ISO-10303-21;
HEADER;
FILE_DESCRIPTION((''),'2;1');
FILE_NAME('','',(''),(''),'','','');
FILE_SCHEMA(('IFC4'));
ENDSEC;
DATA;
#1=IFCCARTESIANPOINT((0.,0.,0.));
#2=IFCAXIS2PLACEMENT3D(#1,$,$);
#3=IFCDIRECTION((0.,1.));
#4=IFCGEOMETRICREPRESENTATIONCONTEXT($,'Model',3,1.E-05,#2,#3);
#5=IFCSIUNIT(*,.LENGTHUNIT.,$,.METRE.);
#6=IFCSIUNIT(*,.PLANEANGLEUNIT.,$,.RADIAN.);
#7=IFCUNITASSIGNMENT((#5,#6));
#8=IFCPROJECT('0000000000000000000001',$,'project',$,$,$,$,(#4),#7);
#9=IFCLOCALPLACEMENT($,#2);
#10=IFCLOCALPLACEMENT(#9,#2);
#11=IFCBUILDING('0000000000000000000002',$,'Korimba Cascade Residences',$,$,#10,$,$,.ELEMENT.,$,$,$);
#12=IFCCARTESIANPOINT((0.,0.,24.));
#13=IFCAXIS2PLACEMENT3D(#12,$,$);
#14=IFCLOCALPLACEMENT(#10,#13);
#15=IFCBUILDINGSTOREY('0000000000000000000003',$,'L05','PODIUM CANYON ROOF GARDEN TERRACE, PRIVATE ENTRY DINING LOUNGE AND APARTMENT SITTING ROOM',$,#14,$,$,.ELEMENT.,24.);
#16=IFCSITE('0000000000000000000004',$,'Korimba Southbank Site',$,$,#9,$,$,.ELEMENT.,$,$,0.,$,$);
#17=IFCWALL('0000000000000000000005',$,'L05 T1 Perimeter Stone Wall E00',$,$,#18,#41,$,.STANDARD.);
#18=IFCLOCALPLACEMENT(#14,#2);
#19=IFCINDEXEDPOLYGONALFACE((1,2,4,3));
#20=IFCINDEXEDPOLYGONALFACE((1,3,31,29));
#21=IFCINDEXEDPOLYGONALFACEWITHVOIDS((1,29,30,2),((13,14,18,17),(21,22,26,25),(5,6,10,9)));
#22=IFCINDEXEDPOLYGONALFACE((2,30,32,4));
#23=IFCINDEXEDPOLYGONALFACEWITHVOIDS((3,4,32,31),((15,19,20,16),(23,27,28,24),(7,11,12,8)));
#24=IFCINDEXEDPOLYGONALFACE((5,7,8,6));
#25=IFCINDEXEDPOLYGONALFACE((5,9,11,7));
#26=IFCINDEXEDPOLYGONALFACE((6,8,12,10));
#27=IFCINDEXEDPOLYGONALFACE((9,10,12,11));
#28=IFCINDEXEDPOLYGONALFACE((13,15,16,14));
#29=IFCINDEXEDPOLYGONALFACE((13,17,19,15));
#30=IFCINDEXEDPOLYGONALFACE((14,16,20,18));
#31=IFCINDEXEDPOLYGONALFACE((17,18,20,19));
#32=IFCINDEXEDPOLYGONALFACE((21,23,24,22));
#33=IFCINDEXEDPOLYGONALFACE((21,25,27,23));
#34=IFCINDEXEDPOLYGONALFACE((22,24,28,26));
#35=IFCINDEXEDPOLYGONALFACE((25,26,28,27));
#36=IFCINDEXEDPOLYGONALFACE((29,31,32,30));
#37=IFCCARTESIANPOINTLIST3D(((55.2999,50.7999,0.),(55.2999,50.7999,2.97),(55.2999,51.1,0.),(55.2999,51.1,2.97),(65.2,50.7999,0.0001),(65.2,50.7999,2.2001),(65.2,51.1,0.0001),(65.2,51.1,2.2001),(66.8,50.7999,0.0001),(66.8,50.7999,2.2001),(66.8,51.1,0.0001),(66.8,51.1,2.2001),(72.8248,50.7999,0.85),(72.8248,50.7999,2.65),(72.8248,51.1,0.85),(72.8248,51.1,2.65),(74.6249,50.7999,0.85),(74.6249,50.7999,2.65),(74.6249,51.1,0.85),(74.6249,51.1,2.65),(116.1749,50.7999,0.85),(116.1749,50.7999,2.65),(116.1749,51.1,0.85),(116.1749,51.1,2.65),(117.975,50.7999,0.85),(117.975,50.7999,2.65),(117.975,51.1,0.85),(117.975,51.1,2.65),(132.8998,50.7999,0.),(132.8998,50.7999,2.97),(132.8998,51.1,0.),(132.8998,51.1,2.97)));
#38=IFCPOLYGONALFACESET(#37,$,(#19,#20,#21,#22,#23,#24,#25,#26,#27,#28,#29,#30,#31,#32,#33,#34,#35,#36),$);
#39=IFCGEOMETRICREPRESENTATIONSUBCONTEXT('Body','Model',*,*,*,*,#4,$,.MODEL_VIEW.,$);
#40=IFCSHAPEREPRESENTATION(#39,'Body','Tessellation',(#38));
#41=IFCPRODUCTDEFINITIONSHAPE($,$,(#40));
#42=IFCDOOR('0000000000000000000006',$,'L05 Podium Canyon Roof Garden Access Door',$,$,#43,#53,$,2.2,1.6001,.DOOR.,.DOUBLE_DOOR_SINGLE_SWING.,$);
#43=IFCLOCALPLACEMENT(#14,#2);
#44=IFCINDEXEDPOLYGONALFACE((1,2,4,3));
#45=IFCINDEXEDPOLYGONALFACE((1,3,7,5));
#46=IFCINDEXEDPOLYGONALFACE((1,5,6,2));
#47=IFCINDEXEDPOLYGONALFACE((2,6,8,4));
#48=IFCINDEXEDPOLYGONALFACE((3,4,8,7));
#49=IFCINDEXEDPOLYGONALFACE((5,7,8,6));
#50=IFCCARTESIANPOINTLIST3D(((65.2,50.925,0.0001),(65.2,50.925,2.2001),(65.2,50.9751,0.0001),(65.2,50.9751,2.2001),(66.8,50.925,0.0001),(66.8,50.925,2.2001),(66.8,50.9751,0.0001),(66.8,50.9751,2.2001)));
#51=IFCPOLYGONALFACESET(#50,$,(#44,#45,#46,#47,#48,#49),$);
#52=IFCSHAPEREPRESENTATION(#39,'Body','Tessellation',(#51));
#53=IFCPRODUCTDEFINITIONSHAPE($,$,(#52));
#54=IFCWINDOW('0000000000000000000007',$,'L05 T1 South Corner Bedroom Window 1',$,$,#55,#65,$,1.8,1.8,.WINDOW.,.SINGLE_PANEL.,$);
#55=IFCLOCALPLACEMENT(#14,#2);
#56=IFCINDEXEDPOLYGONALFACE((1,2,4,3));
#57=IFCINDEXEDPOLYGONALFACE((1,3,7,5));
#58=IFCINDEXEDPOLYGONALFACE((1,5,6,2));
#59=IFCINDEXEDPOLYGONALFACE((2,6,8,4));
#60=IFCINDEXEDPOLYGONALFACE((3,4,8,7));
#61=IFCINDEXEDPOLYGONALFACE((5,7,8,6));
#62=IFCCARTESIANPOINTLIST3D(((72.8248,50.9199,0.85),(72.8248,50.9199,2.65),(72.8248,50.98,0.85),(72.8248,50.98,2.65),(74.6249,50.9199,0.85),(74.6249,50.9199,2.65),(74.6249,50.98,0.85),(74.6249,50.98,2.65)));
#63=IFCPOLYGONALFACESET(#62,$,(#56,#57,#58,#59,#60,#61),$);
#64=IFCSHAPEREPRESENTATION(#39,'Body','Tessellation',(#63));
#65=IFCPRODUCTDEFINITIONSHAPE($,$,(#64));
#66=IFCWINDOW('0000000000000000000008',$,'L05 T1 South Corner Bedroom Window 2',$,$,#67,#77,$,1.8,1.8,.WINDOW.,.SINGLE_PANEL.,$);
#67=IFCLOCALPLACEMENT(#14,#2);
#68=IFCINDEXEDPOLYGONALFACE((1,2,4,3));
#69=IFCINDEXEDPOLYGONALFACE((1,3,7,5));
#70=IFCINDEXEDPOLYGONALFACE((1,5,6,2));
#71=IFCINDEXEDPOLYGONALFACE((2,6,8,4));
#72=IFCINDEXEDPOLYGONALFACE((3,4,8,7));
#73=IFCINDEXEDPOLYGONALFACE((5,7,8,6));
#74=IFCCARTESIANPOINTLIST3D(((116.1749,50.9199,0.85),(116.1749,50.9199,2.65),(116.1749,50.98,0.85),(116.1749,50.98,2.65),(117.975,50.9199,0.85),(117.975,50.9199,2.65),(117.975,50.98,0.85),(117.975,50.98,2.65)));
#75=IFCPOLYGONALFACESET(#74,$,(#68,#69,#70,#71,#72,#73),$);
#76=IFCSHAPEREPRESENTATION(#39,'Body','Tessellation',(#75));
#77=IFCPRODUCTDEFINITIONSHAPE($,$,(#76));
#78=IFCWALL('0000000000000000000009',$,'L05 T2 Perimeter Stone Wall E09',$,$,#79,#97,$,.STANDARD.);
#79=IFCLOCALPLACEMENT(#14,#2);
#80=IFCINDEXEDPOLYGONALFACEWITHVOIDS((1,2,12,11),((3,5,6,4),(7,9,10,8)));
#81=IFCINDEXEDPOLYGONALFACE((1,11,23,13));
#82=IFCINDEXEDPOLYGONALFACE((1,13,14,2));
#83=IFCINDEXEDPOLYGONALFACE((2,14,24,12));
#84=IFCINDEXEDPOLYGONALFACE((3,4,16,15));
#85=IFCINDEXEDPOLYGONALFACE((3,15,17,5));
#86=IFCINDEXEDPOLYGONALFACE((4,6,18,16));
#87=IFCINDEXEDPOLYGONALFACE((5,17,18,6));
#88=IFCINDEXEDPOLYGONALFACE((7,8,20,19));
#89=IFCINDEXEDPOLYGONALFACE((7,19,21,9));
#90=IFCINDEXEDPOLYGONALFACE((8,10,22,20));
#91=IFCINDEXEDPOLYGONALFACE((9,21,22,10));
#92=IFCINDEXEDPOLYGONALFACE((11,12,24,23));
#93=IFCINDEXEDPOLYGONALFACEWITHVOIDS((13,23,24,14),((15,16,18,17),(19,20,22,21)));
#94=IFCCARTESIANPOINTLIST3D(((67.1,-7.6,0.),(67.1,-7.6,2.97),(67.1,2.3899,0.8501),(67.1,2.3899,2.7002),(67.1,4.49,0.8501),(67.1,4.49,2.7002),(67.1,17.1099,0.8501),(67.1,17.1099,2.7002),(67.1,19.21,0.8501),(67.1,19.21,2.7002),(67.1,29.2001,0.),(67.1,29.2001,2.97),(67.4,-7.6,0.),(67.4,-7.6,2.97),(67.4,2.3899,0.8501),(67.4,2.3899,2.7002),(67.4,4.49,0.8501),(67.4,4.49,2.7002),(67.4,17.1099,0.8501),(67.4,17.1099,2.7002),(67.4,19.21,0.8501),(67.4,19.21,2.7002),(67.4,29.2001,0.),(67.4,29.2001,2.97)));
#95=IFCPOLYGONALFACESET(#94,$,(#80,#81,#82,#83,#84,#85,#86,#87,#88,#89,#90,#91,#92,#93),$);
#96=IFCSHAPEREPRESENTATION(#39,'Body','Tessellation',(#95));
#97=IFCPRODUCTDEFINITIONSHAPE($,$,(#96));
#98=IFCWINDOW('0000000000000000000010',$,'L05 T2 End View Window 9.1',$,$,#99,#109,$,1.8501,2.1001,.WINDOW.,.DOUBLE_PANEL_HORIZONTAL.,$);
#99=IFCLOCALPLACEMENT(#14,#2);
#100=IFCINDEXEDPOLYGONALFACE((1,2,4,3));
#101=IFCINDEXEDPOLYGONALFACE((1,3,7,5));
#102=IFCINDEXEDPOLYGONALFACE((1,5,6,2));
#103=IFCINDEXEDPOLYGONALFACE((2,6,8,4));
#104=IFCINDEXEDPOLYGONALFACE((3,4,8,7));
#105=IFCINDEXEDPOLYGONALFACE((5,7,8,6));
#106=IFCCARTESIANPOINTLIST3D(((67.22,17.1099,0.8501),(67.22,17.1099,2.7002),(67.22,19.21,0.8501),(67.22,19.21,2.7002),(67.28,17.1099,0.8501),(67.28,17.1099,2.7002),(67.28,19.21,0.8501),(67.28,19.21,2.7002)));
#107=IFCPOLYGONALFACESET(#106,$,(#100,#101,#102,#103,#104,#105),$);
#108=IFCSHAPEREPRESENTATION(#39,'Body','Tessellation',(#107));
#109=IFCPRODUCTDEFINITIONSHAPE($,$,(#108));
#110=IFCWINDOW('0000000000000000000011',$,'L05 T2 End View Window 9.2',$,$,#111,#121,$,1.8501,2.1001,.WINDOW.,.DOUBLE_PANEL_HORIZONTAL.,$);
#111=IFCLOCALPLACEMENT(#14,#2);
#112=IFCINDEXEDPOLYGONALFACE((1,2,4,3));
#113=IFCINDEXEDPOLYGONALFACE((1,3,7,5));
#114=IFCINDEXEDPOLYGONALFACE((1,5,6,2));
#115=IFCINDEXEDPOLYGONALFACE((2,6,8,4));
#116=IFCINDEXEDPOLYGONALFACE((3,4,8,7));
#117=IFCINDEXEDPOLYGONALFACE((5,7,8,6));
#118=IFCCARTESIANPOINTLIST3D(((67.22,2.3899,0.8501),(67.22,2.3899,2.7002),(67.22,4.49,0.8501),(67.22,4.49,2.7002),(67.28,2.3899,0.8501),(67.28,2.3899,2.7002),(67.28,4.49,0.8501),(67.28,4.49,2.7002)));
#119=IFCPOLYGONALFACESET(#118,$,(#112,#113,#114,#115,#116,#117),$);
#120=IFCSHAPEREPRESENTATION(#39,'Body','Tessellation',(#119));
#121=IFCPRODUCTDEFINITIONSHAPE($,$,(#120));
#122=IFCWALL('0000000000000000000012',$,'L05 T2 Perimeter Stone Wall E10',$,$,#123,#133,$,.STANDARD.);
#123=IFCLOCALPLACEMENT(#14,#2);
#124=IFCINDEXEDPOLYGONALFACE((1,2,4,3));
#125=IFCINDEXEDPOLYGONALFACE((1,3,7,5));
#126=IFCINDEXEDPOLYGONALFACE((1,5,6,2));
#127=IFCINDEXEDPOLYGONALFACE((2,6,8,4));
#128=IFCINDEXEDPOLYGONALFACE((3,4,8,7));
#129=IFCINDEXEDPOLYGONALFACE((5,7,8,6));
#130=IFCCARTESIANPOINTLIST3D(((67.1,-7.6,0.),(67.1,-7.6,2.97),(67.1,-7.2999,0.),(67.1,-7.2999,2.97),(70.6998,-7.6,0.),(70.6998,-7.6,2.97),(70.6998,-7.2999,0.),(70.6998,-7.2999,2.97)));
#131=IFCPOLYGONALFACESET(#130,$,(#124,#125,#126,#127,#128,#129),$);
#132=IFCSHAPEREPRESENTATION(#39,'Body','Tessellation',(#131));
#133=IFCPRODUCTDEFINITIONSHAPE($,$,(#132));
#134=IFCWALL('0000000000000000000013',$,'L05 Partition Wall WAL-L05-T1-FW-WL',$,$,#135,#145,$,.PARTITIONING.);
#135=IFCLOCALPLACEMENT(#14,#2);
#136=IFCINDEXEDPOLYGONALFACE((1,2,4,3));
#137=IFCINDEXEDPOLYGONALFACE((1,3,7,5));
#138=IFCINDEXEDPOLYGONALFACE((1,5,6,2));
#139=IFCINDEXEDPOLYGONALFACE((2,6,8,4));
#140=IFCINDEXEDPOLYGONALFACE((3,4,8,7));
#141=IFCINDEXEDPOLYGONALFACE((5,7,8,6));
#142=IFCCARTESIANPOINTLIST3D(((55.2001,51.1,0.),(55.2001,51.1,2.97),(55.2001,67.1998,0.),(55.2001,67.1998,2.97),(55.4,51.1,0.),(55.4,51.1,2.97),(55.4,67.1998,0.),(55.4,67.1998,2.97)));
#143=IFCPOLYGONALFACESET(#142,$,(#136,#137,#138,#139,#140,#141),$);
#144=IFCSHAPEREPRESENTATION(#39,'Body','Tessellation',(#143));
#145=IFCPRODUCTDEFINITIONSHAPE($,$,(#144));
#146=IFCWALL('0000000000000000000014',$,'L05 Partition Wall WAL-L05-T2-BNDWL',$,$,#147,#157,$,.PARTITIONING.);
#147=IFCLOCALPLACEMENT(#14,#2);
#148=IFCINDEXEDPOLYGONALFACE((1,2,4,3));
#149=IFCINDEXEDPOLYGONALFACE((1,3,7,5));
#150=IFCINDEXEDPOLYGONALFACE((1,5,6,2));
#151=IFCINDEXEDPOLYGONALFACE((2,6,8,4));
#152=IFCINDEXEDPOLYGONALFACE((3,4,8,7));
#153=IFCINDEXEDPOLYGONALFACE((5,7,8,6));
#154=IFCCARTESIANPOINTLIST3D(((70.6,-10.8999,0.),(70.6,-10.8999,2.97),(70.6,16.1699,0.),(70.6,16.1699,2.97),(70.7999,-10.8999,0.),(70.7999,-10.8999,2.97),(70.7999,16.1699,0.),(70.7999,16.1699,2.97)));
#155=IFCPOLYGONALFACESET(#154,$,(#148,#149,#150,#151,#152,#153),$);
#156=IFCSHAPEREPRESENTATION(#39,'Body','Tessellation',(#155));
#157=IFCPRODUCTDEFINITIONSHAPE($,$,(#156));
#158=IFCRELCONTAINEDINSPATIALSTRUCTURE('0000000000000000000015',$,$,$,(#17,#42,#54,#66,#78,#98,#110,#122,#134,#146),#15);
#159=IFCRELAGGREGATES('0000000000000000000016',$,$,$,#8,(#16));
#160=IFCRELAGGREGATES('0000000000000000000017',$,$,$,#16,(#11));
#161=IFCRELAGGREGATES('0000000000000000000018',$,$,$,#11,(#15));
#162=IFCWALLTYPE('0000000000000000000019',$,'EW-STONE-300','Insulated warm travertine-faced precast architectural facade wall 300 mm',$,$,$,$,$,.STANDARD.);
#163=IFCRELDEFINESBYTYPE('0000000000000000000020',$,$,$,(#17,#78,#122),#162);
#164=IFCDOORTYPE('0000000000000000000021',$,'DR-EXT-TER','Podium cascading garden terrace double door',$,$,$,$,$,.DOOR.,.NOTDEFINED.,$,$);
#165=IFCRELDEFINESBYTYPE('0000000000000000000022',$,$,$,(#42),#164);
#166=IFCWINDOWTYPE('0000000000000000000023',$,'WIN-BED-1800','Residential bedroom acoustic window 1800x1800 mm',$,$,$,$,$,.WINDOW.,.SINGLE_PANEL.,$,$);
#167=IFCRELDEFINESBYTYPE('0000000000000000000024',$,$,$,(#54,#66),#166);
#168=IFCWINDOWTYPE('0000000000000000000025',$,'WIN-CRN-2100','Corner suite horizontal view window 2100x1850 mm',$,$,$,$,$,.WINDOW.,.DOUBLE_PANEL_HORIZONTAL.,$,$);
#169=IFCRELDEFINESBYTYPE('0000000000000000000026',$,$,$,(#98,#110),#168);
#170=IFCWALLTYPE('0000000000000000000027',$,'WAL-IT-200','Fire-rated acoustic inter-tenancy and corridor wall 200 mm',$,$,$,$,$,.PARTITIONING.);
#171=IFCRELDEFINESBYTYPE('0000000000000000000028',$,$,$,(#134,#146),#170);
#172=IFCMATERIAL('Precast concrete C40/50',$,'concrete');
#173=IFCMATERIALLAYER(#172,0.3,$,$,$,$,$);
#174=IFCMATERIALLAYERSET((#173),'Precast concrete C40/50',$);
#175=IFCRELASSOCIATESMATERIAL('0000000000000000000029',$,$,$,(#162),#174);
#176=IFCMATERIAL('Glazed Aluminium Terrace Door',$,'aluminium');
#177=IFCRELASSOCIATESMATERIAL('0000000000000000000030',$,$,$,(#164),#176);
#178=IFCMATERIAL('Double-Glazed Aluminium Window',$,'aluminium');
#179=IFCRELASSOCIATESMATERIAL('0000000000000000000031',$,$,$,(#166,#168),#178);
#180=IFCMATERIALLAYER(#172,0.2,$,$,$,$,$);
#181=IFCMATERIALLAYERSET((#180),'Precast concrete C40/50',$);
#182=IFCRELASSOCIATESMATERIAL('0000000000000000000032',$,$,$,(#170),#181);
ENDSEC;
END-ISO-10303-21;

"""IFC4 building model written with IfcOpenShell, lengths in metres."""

from ifc_helpers import new_model, si_unit, direction, frame, frame_2d, origin, place, context, subcontext, project, spatial, rectangle, extrude, material, layer, layer_set, type_object, element, fill, save


model = new_model("IFC4")

# Units and contexts
model_context = context("Model", 3, precision=1e-05, world=origin(), true_north=direction((0.0, 1.0)))
body_context = subcontext(model_context, "Body", "Model", "MODEL_VIEW")
ifc_project = project(units=[si_unit("LENGTHUNIT", "METRE"), si_unit("PLANEANGLEUNIT", "RADIAN")], contexts=[model_context])

# Site, building, storey
site_placement = place(None, origin())
site = spatial("IfcSite", under=ifc_project, at=site_placement, Name="Korimba Southbank Site", CompositionType="ELEMENT", RefElevation=0.0)
building_placement = place(site_placement, origin())
building = spatial("IfcBuilding", under=site, at=building_placement, Name="Korimba Cascade Residences", CompositionType="ELEMENT")
storey_placement = place(building_placement, frame((0.0, 0.0, 24.0)))
storey = spatial("IfcBuildingStorey", under=building, at=storey_placement, Name="L05", Description="PODIUM CANYON ROOF GARDEN TERRACE, PRIVATE ENTRY DINING LOUNGE AND APARTMENT SITTING ROOM", CompositionType="ELEMENT", Elevation=24.0)

# Shared definitions
ifc_material_1 = material(Name="Precast concrete C40/50", Category="concrete")
ifc_material_2 = material(Name="Double-Glazed Aluminium Window", Category="aluminium")

# Wall, openings, door, windows
ifc_layer_1 = layer(ifc_material_1, 0.3)
ifc_layer_set_1 = layer_set([ifc_layer_1], Name="Precast concrete C40/50")
wall_type_1 = type_object("IfcWallType", Name="EW-STONE-300", Description="Insulated warm travertine-faced precast architectural facade wall 300 mm", PredefinedType="STANDARD", material=ifc_layer_set_1)
wall_1_placement = place(storey_placement, frame((55.3, 50.95, 0.0), z_axis=(0.0, 0.0, 1.0), x_axis=(1.0, 0.0, 0.0)))
wall_1 = element("IfcWall", 1, at=wall_1_placement, inside=storey, type_object=wall_type_1, Name="L05 T1 Perimeter Stone Wall E00", PredefinedType="STANDARD", context=body_context, shape_type="SweptSolid", body=[
    extrude(rectangle(XDim=77.5999, YDim=0.3, at=frame_2d((38.7998, 0.0))), origin(), (0.0, 0.0, 1.0), 2.97),
])
opening_1_placement = place(wall_1_placement, frame((17.5249, 0.0, 0.8501)))
opening_1 = element("IfcOpeningElement", 2, at=opening_1_placement, cuts=wall_1, PredefinedType="OPENING", context=body_context, shape_type="SweptSolid", body=[
    extrude(rectangle(XDim=1.8, YDim=1.8, at=frame_2d((0.8999, 0.8999))), frame((0.0, 0.1602, 0.0), z_axis=(0.0, -1.0, 0.0), x_axis=(1.0, 0.0, 0.0)), (0.0, 0.0, 1.0), 0.3201),
])
opening_2_placement = place(wall_1_placement, frame((60.875, 0.0, 0.8501)))
opening_2 = element("IfcOpeningElement", 3, at=opening_2_placement, cuts=wall_1, PredefinedType="OPENING", context=body_context, shape_type="SweptSolid", body=[
    extrude(rectangle(XDim=1.8, YDim=1.8, at=frame_2d((0.8999, 0.8999))), frame((0.0, 0.1602, 0.0), z_axis=(0.0, -1.0, 0.0), x_axis=(1.0, 0.0, 0.0)), (0.0, 0.0, 1.0), 0.3201),
])
opening_3_placement = place(wall_1_placement, frame((9.8999, 0.0, 0.0)))
opening_3 = element("IfcOpeningElement", 4, at=opening_3_placement, cuts=wall_1, PredefinedType="OPENING", context=body_context, shape_type="SweptSolid", body=[
    extrude(rectangle(XDim=1.6001, YDim=2.2, at=frame_2d((0.8, 1.1001))), frame((0.0, 0.1602, 0.0), z_axis=(0.0, -1.0, 0.0), x_axis=(1.0, 0.0, 0.0)), (0.0, 0.0, 1.0), 0.3201),
])
ifc_material_3 = material(Name="Glazed Aluminium Terrace Door", Category="aluminium")
door_type_1 = type_object("IfcDoorType", Name="DR-EXT-TER", Description="Podium cascading garden terrace double door", OperationType="NOTDEFINED", PredefinedType="DOOR", material=ifc_material_3)
door_1_placement = place(opening_3_placement, frame((1.6001, 0.0, 0.0), z_axis=(0.0, 0.0, 1.0), x_axis=(-1.0, 0.0, 0.0)))
door_1 = element("IfcDoor", 5, at=door_1_placement, inside=storey, type_object=door_type_1, Name="L05 Podium Canyon Roof Garden Access Door", OperationType="DOUBLE_DOOR_SINGLE_SWING", OverallHeight=2.2, OverallWidth=1.6001, PredefinedType="DOOR", context=body_context, shape_type="SweptSolid", body=[
    extrude(rectangle(XDim=1.6001, YDim=2.2, at=frame_2d((0.8, 1.1001))), frame((0.0, 0.0249, 0.0), z_axis=(0.0, -1.0, 0.0), x_axis=(1.0, 0.0, 0.0)), (0.0, 0.0, 1.0), 0.05),
])
fill(opening_3, door_1)
window_type_1 = type_object("IfcWindowType", Name="WIN-BED-1800", Description="Residential bedroom acoustic window 1800x1800 mm", PartitioningType="SINGLE_PANEL", PredefinedType="WINDOW", material=ifc_material_2)
window_1_placement = place(opening_1_placement, origin())
window_1 = element("IfcWindow", 6, at=window_1_placement, inside=storey, type_object=window_type_1, Name="L05 T1 South Corner Bedroom Window 1", OverallHeight=1.8, OverallWidth=1.8, PartitioningType="SINGLE_PANEL", PredefinedType="WINDOW", context=body_context, shape_type="SweptSolid", body=[
    extrude(rectangle(XDim=1.8, YDim=1.8, at=frame_2d((0.8999, 0.8999))), frame((0.0, 0.03, 0.0), z_axis=(0.0, -1.0, 0.0), x_axis=(1.0, 0.0, 0.0)), (0.0, 0.0, 1.0), 0.0601),
])
fill(opening_1, window_1)
window_2_placement = place(opening_2_placement, origin())
window_2 = element("IfcWindow", 7, at=window_2_placement, inside=storey, type_object=window_type_1, Name="L05 T1 South Corner Bedroom Window 2", OverallHeight=1.8, OverallWidth=1.8, PartitioningType="SINGLE_PANEL", PredefinedType="WINDOW", context=body_context, shape_type="SweptSolid", body=[
    extrude(rectangle(XDim=1.8, YDim=1.8, at=frame_2d((0.8999, 0.8999))), frame((0.0, 0.03, 0.0), z_axis=(0.0, -1.0, 0.0), x_axis=(1.0, 0.0, 0.0)), (0.0, 0.0, 1.0), 0.0601),
])
fill(opening_2, window_2)

# Wall, openings, windows
wall_2_placement = place(storey_placement, frame((67.25, 29.2, 0.0), z_axis=(0.0, 0.0, 1.0), x_axis=(0.0, -1.0, 0.0)))
wall_2 = element("IfcWall", 8, at=wall_2_placement, inside=storey, type_object=wall_type_1, Name="L05 T2 Perimeter Stone Wall E09", PredefinedType="STANDARD", context=body_context, shape_type="SweptSolid", body=[
    extrude(rectangle(XDim=36.8, YDim=0.3, at=frame_2d((18.3999, 0.0))), origin(), (0.0, 0.0, 1.0), 2.97),
])
opening_4_placement = place(wall_2_placement, frame((9.99, 0.0, 0.8501)))
opening_4 = element("IfcOpeningElement", 9, at=opening_4_placement, cuts=wall_2, PredefinedType="OPENING", context=body_context, shape_type="SweptSolid", body=[
    extrude(rectangle(XDim=2.1001, YDim=1.8501, at=frame_2d((1.05, 0.925))), frame((0.0, 0.1602, 0.0), z_axis=(0.0, -1.0, 0.0), x_axis=(1.0, 0.0, 0.0)), (0.0, 0.0, 1.0), 0.3201),
])
opening_5_placement = place(wall_2_placement, frame((24.71, 0.0, 0.8501)))
opening_5 = element("IfcOpeningElement", 10, at=opening_5_placement, cuts=wall_2, PredefinedType="OPENING", context=body_context, shape_type="SweptSolid", body=[
    extrude(rectangle(XDim=2.1001, YDim=1.8501, at=frame_2d((1.05, 0.925))), frame((0.0, 0.1602, 0.0), z_axis=(0.0, -1.0, 0.0), x_axis=(1.0, 0.0, 0.0)), (0.0, 0.0, 1.0), 0.3201),
])
window_type_2 = type_object("IfcWindowType", Name="WIN-CRN-2100", Description="Corner suite horizontal view window 2100x1850 mm", PartitioningType="DOUBLE_PANEL_HORIZONTAL", PredefinedType="WINDOW", material=ifc_material_2)
window_3_placement = place(opening_4_placement, origin())
window_3 = element("IfcWindow", 11, at=window_3_placement, inside=storey, type_object=window_type_2, Name="L05 T2 End View Window 9.1", OverallHeight=1.8501, OverallWidth=2.1001, PartitioningType="DOUBLE_PANEL_HORIZONTAL", PredefinedType="WINDOW", context=body_context, shape_type="SweptSolid", body=[
    extrude(rectangle(XDim=2.1001, YDim=1.8501, at=frame_2d((1.05, 0.925))), frame((0.0, 0.03, 0.0), z_axis=(0.0, -1.0, 0.0), x_axis=(1.0, 0.0, 0.0)), (0.0, 0.0, 1.0), 0.0601),
])
fill(opening_4, window_3)
window_4_placement = place(opening_5_placement, origin())
window_4 = element("IfcWindow", 12, at=window_4_placement, inside=storey, type_object=window_type_2, Name="L05 T2 End View Window 9.2", OverallHeight=1.8501, OverallWidth=2.1001, PartitioningType="DOUBLE_PANEL_HORIZONTAL", PredefinedType="WINDOW", context=body_context, shape_type="SweptSolid", body=[
    extrude(rectangle(XDim=2.1001, YDim=1.8501, at=frame_2d((1.05, 0.925))), frame((0.0, 0.03, 0.0), z_axis=(0.0, -1.0, 0.0), x_axis=(1.0, 0.0, 0.0)), (0.0, 0.0, 1.0), 0.0601),
])
fill(opening_5, window_4)

# Walls
wall_3_placement = place(storey_placement, frame((67.1001, -7.45, 0.0), z_axis=(0.0, 0.0, 1.0), x_axis=(1.0, 0.0, 0.0)))
element("IfcWall", 13, at=wall_3_placement, inside=storey, type_object=wall_type_1, Name="L05 T2 Perimeter Stone Wall E10", PredefinedType="STANDARD", context=body_context, shape_type="SweptSolid", body=[
    extrude(rectangle(XDim=3.5999, YDim=0.3, at=frame_2d((1.7998, 0.0))), origin(), (0.0, 0.0, 1.0), 2.97),
])
ifc_layer_2 = layer(ifc_material_1, 0.2)
ifc_layer_set_2 = layer_set([ifc_layer_2], Name="Precast concrete C40/50")
wall_type_2 = type_object("IfcWallType", Name="WAL-IT-200", Description="Fire-rated acoustic inter-tenancy and corridor wall 200 mm", PredefinedType="PARTITIONING", material=ifc_layer_set_2)
wall_4_placement = place(storey_placement, frame((55.3, 51.1001, 0.0), z_axis=(0.0, 0.0, 1.0), x_axis=(0.0, 1.0, 0.0)))
element("IfcWall", 14, at=wall_4_placement, inside=storey, type_object=wall_type_2, Name="L05 Partition Wall WAL-L05-T1-FW-WL", PredefinedType="PARTITIONING", context=body_context, shape_type="SweptSolid", body=[
    extrude(rectangle(XDim=16.0999, YDim=0.2, at=frame_2d((8.0498, 0.0))), origin(), (0.0, 0.0, 1.0), 2.97),
])
wall_5_placement = place(storey_placement, frame((70.7, -10.8999, 0.0), z_axis=(0.0, 0.0, 1.0), x_axis=(0.0, 1.0, 0.0)))
element("IfcWall", 15, at=wall_5_placement, inside=storey, type_object=wall_type_2, Name="L05 Partition Wall WAL-L05-T2-BNDWL", PredefinedType="PARTITIONING", context=body_context, shape_type="SweptSolid", body=[
    extrude(rectangle(XDim=27.0698, YDim=0.2, at=frame_2d((13.5349, 0.0))), origin(), (0.0, 0.0, 1.0), 2.97),
])

save(model, "model.ifc")
